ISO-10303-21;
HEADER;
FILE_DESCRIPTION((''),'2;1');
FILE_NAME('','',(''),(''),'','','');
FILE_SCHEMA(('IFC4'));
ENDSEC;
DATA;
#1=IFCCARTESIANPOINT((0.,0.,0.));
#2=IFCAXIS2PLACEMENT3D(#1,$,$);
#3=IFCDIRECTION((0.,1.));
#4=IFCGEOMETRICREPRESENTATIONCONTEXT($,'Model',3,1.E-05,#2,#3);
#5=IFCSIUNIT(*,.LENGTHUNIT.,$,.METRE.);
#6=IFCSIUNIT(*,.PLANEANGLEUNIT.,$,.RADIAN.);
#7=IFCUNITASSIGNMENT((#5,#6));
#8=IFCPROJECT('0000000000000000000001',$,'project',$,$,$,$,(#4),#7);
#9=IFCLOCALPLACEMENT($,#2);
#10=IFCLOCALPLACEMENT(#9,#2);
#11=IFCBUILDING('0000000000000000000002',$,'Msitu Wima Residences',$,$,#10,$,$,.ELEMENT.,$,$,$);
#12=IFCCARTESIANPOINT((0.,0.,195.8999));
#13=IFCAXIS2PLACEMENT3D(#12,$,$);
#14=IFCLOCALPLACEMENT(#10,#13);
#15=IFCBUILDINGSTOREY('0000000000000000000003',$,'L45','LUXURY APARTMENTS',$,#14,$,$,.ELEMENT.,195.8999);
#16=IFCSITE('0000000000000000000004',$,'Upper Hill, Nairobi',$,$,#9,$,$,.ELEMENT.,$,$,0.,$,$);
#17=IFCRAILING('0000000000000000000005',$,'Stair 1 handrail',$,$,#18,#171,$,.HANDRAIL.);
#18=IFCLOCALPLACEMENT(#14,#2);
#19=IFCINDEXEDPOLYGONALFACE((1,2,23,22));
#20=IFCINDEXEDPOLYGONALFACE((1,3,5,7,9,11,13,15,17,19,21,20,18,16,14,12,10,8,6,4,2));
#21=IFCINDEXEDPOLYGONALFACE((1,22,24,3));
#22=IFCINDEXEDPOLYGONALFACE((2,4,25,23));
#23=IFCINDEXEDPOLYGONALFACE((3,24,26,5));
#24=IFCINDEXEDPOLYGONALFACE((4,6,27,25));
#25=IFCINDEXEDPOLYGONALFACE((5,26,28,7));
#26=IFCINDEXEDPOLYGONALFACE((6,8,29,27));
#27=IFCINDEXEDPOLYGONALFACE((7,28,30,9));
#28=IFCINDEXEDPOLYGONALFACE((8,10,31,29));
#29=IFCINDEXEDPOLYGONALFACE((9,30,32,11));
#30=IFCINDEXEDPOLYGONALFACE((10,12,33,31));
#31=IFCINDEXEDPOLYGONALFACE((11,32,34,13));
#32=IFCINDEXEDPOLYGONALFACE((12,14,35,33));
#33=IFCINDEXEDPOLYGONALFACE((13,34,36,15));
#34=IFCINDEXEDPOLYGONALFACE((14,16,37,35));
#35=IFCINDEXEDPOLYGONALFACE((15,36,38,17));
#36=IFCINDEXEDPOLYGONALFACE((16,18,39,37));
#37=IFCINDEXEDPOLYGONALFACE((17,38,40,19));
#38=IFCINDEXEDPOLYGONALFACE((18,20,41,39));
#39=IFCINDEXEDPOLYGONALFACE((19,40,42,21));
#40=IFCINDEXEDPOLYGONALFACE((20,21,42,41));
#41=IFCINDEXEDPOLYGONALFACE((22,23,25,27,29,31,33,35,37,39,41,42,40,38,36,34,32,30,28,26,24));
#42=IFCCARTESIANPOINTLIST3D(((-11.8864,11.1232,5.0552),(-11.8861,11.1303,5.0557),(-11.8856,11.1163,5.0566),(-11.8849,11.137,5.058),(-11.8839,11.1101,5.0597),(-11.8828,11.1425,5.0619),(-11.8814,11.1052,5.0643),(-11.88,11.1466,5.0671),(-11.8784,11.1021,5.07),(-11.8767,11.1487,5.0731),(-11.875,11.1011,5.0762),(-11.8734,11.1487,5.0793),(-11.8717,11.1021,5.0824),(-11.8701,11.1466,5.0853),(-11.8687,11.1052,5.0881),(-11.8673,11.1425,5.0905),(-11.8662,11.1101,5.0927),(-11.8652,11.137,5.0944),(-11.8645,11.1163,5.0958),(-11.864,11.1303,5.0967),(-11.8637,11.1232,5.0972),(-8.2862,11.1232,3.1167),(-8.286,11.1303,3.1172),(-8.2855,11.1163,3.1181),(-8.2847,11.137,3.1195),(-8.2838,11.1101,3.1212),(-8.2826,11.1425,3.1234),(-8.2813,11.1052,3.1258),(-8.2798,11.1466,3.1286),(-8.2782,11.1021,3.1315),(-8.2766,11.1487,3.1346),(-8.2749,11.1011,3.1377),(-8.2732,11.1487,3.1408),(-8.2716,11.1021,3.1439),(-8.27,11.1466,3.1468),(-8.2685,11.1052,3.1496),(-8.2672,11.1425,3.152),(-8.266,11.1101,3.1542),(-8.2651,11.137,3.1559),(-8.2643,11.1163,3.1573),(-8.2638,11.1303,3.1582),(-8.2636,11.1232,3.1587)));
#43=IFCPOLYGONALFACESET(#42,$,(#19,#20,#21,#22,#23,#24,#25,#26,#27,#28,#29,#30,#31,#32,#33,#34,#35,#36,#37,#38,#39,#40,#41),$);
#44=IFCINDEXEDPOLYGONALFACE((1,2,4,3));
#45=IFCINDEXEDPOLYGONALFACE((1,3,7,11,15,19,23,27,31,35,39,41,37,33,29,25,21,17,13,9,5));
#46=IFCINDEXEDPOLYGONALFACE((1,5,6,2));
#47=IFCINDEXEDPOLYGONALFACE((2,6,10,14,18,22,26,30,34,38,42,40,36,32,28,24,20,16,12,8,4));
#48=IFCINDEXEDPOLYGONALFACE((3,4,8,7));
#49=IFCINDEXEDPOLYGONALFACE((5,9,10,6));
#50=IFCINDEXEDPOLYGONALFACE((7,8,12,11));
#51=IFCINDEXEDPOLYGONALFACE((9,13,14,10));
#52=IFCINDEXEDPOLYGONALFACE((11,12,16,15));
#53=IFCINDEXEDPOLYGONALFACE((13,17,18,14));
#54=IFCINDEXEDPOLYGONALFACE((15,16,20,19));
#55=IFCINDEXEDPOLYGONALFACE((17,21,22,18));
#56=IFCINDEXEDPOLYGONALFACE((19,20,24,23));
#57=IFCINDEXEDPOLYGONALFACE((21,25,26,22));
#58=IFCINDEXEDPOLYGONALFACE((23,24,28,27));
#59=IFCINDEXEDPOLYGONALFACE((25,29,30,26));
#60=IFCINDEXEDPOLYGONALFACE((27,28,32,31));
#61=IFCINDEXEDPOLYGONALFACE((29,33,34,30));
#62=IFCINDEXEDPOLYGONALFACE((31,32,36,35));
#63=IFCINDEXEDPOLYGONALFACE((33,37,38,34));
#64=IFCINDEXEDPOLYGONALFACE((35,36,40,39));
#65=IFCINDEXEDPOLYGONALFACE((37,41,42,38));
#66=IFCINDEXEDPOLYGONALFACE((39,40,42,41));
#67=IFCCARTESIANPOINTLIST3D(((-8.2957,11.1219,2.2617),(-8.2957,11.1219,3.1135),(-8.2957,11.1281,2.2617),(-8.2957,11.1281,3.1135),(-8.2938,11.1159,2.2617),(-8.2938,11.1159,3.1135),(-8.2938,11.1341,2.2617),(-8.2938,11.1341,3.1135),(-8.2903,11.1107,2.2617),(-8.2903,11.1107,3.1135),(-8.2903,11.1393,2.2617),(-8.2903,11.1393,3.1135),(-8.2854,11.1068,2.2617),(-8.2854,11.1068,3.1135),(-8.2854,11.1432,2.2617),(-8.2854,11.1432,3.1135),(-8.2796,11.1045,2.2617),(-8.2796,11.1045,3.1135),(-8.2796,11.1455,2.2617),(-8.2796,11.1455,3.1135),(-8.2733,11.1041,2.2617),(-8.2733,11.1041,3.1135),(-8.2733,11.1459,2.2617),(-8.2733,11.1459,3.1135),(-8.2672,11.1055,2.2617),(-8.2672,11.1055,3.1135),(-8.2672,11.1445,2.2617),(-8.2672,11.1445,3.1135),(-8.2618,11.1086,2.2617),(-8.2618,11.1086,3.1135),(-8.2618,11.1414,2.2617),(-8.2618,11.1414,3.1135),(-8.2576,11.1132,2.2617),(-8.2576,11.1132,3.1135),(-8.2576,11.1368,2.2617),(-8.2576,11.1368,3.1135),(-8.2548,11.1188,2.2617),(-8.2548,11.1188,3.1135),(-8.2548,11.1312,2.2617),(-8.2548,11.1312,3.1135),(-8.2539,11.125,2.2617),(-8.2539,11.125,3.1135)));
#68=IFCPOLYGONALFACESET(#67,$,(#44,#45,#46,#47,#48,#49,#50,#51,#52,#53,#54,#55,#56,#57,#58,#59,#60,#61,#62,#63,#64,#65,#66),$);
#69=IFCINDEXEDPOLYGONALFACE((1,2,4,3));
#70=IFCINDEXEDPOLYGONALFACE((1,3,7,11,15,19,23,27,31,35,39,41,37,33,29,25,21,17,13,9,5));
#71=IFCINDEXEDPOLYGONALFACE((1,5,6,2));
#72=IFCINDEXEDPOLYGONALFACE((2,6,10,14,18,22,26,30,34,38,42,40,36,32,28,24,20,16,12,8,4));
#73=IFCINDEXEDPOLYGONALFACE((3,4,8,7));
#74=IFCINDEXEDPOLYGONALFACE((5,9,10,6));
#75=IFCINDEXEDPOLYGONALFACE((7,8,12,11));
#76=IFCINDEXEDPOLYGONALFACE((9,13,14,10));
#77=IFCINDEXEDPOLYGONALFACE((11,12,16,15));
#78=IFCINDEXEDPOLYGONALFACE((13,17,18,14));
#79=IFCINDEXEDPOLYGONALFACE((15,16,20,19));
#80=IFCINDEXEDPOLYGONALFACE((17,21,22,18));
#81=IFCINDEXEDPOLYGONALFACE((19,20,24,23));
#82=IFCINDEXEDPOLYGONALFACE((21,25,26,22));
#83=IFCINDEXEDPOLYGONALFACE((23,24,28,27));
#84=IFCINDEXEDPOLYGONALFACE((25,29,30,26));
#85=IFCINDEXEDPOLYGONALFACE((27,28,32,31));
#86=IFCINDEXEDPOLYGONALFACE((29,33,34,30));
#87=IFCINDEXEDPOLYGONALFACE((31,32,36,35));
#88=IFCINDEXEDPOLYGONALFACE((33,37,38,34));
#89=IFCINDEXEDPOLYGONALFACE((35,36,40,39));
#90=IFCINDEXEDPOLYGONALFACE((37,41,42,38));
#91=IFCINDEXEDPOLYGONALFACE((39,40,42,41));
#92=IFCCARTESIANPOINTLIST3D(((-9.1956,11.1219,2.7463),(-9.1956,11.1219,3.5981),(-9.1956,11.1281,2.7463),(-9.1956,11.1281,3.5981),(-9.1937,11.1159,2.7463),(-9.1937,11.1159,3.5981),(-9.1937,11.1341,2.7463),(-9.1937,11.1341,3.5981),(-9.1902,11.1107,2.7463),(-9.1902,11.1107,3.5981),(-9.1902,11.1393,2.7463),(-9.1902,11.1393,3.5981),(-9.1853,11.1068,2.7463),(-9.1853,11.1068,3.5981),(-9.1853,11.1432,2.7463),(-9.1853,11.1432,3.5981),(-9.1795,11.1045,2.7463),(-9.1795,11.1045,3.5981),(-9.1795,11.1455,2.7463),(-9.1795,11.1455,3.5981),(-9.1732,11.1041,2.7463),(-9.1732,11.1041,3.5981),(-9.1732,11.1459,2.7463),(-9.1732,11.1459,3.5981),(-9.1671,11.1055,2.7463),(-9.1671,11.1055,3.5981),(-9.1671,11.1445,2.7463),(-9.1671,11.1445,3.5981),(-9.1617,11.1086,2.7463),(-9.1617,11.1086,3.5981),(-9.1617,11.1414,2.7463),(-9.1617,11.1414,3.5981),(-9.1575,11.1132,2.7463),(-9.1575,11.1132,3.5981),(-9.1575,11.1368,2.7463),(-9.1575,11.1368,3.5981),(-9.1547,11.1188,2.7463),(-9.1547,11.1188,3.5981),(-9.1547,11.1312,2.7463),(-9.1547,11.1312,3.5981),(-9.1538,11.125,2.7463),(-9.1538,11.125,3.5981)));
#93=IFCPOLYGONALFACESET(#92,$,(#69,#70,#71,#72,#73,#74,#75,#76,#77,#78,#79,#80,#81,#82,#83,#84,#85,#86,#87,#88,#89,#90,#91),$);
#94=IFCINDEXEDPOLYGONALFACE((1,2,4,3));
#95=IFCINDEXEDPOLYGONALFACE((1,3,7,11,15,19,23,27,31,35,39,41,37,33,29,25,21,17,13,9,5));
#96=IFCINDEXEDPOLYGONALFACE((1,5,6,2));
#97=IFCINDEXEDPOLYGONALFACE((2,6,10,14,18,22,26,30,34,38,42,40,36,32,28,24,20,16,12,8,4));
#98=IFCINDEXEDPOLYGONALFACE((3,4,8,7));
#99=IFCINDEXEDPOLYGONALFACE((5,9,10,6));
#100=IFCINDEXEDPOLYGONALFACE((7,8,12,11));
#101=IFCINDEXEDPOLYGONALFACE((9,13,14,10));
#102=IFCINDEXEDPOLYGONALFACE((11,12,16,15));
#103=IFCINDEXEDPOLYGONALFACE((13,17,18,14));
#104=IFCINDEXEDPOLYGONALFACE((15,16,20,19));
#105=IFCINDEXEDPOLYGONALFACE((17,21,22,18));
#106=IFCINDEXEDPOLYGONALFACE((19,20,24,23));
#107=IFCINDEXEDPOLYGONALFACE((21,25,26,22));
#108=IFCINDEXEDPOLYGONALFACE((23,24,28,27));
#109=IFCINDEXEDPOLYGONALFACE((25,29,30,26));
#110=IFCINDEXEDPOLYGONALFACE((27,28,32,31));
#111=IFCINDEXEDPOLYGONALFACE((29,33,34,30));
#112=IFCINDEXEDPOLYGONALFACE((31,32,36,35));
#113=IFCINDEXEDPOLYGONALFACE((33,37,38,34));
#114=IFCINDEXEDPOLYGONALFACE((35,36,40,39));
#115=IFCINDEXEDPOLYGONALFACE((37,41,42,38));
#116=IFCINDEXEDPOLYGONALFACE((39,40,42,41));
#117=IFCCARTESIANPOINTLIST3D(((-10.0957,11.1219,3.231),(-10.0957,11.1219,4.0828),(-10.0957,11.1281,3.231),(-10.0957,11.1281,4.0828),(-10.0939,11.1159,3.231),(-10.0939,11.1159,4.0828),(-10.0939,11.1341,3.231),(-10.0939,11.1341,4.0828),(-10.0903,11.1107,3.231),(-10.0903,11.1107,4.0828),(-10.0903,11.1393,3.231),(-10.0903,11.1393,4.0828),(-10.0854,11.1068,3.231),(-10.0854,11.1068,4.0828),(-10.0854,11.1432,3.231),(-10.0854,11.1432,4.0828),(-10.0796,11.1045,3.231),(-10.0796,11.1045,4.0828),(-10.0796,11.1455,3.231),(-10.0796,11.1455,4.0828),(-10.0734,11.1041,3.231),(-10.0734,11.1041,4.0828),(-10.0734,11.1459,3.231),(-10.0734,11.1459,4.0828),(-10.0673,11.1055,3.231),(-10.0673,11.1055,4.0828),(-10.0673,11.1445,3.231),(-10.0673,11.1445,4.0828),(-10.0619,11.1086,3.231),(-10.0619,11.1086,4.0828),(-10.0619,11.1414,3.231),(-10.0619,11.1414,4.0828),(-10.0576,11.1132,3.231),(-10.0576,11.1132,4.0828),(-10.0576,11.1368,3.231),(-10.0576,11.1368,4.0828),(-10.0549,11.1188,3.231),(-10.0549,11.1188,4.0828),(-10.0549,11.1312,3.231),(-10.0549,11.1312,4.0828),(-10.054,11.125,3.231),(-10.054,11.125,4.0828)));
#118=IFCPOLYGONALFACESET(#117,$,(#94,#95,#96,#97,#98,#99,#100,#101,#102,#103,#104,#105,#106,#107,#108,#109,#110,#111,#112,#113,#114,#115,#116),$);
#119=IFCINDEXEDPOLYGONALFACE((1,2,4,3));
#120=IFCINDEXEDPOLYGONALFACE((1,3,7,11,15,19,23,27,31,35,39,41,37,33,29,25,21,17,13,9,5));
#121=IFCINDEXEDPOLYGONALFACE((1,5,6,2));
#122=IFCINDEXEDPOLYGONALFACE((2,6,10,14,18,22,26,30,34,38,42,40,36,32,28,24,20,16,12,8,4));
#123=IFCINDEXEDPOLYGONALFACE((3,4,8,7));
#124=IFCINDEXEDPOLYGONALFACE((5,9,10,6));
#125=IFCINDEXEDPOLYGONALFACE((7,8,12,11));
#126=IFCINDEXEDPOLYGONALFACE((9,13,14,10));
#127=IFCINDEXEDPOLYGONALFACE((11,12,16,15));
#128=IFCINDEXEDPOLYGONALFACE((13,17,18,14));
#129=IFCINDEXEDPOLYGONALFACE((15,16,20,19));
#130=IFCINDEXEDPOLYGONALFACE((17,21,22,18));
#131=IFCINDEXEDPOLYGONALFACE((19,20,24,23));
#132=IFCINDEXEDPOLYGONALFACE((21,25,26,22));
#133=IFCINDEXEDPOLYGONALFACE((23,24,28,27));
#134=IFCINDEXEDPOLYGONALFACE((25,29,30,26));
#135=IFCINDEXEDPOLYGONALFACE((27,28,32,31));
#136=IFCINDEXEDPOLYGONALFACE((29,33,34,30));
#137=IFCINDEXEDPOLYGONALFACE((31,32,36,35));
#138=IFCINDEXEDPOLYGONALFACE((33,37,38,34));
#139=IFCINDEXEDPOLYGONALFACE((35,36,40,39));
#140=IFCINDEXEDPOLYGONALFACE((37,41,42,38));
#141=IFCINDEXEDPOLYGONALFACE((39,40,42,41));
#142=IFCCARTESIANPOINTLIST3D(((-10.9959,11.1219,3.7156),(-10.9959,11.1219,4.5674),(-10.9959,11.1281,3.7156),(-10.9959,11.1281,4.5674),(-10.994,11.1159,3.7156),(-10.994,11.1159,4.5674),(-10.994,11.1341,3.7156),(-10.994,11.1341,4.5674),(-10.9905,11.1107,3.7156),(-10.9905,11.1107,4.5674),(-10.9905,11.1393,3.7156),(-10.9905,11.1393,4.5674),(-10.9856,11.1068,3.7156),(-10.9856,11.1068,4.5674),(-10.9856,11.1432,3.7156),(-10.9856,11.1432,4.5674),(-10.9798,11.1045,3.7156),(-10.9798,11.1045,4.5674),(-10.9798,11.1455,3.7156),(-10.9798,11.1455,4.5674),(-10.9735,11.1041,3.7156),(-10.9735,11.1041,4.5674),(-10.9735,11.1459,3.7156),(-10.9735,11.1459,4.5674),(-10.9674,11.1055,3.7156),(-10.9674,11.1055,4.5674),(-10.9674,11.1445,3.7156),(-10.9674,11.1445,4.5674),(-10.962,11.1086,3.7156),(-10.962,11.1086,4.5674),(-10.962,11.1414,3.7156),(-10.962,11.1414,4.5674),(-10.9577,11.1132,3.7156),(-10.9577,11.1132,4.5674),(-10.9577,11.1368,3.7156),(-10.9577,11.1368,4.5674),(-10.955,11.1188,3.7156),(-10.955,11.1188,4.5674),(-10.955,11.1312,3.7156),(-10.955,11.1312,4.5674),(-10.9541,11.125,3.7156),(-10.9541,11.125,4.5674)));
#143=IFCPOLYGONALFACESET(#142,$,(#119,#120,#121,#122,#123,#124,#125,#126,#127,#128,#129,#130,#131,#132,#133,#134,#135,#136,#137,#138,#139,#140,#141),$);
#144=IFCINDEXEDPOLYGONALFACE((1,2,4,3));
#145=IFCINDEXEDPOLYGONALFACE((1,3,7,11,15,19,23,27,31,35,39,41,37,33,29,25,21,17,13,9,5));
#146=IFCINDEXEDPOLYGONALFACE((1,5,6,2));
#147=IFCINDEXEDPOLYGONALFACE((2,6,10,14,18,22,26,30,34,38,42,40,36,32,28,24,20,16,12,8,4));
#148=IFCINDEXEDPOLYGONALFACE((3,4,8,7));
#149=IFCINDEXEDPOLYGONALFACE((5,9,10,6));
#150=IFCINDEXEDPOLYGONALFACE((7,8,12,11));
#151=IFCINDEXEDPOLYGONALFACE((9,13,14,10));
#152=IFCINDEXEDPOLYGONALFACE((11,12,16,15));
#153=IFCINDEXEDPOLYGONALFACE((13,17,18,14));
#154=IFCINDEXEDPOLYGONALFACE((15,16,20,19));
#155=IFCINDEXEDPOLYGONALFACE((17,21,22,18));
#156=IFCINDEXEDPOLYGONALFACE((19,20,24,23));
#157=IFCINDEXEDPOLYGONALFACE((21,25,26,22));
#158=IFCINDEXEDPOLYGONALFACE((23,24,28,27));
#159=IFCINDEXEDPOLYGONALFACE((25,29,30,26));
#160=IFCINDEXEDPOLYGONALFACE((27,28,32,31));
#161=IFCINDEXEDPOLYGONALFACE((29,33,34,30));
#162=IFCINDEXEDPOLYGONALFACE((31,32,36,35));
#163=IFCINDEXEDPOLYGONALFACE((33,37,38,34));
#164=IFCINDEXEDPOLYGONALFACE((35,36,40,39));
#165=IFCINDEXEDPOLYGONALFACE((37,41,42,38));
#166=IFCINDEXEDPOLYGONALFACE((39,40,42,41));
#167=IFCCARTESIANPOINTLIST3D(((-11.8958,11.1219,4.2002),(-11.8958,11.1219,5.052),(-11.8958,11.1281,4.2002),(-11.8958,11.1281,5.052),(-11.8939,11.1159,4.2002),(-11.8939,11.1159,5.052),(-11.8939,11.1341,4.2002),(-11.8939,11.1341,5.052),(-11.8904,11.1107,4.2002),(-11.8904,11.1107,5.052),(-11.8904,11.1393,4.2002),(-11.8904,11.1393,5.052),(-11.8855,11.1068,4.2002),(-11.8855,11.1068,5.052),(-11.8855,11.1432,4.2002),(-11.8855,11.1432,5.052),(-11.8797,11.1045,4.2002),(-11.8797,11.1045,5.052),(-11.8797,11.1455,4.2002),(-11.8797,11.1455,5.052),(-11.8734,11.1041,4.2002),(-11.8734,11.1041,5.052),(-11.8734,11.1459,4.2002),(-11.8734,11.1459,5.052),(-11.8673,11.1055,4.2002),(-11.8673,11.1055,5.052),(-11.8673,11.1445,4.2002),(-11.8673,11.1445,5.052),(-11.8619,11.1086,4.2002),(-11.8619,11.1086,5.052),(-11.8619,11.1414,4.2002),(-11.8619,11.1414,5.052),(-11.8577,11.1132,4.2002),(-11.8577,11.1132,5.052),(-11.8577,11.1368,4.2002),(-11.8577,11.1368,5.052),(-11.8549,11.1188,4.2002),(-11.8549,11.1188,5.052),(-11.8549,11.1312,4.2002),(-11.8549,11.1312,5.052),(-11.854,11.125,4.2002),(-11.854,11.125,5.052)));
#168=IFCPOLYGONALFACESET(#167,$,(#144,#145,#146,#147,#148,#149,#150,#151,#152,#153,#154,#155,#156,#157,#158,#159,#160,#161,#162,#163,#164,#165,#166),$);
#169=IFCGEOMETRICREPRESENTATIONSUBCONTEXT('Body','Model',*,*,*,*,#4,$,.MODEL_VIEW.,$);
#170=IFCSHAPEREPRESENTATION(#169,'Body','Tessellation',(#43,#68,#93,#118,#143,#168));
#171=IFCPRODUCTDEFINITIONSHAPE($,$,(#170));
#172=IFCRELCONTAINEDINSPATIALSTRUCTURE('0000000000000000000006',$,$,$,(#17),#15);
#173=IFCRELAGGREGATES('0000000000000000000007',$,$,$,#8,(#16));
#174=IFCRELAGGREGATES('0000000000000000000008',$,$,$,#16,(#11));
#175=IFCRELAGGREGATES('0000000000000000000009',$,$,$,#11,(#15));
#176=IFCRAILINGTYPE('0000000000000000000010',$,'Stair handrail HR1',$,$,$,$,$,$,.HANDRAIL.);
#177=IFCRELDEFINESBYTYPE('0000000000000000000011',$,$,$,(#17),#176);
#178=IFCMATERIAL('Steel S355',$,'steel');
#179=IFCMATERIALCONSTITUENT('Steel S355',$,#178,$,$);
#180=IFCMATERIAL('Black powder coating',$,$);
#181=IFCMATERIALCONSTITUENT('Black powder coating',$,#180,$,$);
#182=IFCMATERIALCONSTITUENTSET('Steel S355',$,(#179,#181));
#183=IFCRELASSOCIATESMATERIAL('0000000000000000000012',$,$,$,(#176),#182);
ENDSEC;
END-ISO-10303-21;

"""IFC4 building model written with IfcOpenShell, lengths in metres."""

from ifc_helpers import new_model, si_unit, direction, frame, origin, origin_2d, place, context, subcontext, project, spatial, circle, extrude, material, constituent, constituent_set, type_object, element, save


model = new_model("IFC4")

# Units and contexts
model_context = context("Model", 3, precision=1e-05, world=origin(), true_north=direction((0.0, 1.0)))
body_context = subcontext(model_context, "Body", "Model", "MODEL_VIEW")
ifc_project = project(units=[si_unit("LENGTHUNIT", "METRE"), si_unit("PLANEANGLEUNIT", "RADIAN")], contexts=[model_context])

# Site, building, storey
site_placement = place(None, origin())
site = spatial("IfcSite", under=ifc_project, at=site_placement, Name="Upper Hill, Nairobi", CompositionType="ELEMENT", RefElevation=0.0)
building_placement = place(site_placement, origin())
building = spatial("IfcBuilding", under=site, at=building_placement, Name="Msitu Wima Residences", CompositionType="ELEMENT")
storey_placement = place(building_placement, frame((0.0, 0.0, 195.8999)))
storey = spatial("IfcBuildingStorey", under=building, at=storey_placement, Name="L45", Description="LUXURY APARTMENTS", CompositionType="ELEMENT", Elevation=195.8999)

# Railing
ifc_material_1 = material(Name="Steel S355", Category="steel")
ifc_constituent_1 = constituent(ifc_material_1, Name="Steel S355")
ifc_material_2 = material(Name="Black powder coating")
ifc_constituent_2 = constituent(ifc_material_2, Name="Black powder coating")
ifc_constituent_set = constituent_set(constituents=[ifc_constituent_1, ifc_constituent_2], Name="Steel S355")
railing_type = type_object("IfcRailingType", Name="Stair handrail HR1", PredefinedType="HANDRAIL", material=ifc_constituent_set)
for number, where, name in (
    (1, (-8.2749, 11.125, 2.2617), "Stair 1 handrail"),
):
    element("IfcRailing", number, at=place(storey_placement, frame(where)), inside=storey, type_object=railing_type, Name=name, PredefinedType="HANDRAIL", context=body_context, shape_type="SweptSolid", body=[
        extrude(circle(Radius=0.0239, at=origin_2d()), frame((0.0, 0.0, 0.876), z_axis=(-0.880475, 0.0, 0.474093), x_axis=(0.0, -1.0, 0.0)), (0.0, 0.0, 1.0), 4.0889),
        extrude(circle(Radius=0.021, at=origin_2d()), origin(), (0.0, 0.0, 1.0), 0.8518),
        extrude(circle(Radius=0.021, at=origin_2d()), frame((-0.8999, 0.0, 0.4846)), (0.0, 0.0, 1.0), 0.8518),
        extrude(circle(Radius=0.021, at=origin_2d()), frame((-1.8, 0.0, 0.9692)), (0.0, 0.0, 1.0), 0.8518),
        extrude(circle(Radius=0.021, at=origin_2d()), frame((-2.7002, 0.0, 1.4539)), (0.0, 0.0, 1.0), 0.8518),
        extrude(circle(Radius=0.021, at=origin_2d()), frame((-3.6001, 0.0, 1.9385)), (0.0, 0.0, 1.0), 0.8518),
    ])

save(model, "model.ifc")
